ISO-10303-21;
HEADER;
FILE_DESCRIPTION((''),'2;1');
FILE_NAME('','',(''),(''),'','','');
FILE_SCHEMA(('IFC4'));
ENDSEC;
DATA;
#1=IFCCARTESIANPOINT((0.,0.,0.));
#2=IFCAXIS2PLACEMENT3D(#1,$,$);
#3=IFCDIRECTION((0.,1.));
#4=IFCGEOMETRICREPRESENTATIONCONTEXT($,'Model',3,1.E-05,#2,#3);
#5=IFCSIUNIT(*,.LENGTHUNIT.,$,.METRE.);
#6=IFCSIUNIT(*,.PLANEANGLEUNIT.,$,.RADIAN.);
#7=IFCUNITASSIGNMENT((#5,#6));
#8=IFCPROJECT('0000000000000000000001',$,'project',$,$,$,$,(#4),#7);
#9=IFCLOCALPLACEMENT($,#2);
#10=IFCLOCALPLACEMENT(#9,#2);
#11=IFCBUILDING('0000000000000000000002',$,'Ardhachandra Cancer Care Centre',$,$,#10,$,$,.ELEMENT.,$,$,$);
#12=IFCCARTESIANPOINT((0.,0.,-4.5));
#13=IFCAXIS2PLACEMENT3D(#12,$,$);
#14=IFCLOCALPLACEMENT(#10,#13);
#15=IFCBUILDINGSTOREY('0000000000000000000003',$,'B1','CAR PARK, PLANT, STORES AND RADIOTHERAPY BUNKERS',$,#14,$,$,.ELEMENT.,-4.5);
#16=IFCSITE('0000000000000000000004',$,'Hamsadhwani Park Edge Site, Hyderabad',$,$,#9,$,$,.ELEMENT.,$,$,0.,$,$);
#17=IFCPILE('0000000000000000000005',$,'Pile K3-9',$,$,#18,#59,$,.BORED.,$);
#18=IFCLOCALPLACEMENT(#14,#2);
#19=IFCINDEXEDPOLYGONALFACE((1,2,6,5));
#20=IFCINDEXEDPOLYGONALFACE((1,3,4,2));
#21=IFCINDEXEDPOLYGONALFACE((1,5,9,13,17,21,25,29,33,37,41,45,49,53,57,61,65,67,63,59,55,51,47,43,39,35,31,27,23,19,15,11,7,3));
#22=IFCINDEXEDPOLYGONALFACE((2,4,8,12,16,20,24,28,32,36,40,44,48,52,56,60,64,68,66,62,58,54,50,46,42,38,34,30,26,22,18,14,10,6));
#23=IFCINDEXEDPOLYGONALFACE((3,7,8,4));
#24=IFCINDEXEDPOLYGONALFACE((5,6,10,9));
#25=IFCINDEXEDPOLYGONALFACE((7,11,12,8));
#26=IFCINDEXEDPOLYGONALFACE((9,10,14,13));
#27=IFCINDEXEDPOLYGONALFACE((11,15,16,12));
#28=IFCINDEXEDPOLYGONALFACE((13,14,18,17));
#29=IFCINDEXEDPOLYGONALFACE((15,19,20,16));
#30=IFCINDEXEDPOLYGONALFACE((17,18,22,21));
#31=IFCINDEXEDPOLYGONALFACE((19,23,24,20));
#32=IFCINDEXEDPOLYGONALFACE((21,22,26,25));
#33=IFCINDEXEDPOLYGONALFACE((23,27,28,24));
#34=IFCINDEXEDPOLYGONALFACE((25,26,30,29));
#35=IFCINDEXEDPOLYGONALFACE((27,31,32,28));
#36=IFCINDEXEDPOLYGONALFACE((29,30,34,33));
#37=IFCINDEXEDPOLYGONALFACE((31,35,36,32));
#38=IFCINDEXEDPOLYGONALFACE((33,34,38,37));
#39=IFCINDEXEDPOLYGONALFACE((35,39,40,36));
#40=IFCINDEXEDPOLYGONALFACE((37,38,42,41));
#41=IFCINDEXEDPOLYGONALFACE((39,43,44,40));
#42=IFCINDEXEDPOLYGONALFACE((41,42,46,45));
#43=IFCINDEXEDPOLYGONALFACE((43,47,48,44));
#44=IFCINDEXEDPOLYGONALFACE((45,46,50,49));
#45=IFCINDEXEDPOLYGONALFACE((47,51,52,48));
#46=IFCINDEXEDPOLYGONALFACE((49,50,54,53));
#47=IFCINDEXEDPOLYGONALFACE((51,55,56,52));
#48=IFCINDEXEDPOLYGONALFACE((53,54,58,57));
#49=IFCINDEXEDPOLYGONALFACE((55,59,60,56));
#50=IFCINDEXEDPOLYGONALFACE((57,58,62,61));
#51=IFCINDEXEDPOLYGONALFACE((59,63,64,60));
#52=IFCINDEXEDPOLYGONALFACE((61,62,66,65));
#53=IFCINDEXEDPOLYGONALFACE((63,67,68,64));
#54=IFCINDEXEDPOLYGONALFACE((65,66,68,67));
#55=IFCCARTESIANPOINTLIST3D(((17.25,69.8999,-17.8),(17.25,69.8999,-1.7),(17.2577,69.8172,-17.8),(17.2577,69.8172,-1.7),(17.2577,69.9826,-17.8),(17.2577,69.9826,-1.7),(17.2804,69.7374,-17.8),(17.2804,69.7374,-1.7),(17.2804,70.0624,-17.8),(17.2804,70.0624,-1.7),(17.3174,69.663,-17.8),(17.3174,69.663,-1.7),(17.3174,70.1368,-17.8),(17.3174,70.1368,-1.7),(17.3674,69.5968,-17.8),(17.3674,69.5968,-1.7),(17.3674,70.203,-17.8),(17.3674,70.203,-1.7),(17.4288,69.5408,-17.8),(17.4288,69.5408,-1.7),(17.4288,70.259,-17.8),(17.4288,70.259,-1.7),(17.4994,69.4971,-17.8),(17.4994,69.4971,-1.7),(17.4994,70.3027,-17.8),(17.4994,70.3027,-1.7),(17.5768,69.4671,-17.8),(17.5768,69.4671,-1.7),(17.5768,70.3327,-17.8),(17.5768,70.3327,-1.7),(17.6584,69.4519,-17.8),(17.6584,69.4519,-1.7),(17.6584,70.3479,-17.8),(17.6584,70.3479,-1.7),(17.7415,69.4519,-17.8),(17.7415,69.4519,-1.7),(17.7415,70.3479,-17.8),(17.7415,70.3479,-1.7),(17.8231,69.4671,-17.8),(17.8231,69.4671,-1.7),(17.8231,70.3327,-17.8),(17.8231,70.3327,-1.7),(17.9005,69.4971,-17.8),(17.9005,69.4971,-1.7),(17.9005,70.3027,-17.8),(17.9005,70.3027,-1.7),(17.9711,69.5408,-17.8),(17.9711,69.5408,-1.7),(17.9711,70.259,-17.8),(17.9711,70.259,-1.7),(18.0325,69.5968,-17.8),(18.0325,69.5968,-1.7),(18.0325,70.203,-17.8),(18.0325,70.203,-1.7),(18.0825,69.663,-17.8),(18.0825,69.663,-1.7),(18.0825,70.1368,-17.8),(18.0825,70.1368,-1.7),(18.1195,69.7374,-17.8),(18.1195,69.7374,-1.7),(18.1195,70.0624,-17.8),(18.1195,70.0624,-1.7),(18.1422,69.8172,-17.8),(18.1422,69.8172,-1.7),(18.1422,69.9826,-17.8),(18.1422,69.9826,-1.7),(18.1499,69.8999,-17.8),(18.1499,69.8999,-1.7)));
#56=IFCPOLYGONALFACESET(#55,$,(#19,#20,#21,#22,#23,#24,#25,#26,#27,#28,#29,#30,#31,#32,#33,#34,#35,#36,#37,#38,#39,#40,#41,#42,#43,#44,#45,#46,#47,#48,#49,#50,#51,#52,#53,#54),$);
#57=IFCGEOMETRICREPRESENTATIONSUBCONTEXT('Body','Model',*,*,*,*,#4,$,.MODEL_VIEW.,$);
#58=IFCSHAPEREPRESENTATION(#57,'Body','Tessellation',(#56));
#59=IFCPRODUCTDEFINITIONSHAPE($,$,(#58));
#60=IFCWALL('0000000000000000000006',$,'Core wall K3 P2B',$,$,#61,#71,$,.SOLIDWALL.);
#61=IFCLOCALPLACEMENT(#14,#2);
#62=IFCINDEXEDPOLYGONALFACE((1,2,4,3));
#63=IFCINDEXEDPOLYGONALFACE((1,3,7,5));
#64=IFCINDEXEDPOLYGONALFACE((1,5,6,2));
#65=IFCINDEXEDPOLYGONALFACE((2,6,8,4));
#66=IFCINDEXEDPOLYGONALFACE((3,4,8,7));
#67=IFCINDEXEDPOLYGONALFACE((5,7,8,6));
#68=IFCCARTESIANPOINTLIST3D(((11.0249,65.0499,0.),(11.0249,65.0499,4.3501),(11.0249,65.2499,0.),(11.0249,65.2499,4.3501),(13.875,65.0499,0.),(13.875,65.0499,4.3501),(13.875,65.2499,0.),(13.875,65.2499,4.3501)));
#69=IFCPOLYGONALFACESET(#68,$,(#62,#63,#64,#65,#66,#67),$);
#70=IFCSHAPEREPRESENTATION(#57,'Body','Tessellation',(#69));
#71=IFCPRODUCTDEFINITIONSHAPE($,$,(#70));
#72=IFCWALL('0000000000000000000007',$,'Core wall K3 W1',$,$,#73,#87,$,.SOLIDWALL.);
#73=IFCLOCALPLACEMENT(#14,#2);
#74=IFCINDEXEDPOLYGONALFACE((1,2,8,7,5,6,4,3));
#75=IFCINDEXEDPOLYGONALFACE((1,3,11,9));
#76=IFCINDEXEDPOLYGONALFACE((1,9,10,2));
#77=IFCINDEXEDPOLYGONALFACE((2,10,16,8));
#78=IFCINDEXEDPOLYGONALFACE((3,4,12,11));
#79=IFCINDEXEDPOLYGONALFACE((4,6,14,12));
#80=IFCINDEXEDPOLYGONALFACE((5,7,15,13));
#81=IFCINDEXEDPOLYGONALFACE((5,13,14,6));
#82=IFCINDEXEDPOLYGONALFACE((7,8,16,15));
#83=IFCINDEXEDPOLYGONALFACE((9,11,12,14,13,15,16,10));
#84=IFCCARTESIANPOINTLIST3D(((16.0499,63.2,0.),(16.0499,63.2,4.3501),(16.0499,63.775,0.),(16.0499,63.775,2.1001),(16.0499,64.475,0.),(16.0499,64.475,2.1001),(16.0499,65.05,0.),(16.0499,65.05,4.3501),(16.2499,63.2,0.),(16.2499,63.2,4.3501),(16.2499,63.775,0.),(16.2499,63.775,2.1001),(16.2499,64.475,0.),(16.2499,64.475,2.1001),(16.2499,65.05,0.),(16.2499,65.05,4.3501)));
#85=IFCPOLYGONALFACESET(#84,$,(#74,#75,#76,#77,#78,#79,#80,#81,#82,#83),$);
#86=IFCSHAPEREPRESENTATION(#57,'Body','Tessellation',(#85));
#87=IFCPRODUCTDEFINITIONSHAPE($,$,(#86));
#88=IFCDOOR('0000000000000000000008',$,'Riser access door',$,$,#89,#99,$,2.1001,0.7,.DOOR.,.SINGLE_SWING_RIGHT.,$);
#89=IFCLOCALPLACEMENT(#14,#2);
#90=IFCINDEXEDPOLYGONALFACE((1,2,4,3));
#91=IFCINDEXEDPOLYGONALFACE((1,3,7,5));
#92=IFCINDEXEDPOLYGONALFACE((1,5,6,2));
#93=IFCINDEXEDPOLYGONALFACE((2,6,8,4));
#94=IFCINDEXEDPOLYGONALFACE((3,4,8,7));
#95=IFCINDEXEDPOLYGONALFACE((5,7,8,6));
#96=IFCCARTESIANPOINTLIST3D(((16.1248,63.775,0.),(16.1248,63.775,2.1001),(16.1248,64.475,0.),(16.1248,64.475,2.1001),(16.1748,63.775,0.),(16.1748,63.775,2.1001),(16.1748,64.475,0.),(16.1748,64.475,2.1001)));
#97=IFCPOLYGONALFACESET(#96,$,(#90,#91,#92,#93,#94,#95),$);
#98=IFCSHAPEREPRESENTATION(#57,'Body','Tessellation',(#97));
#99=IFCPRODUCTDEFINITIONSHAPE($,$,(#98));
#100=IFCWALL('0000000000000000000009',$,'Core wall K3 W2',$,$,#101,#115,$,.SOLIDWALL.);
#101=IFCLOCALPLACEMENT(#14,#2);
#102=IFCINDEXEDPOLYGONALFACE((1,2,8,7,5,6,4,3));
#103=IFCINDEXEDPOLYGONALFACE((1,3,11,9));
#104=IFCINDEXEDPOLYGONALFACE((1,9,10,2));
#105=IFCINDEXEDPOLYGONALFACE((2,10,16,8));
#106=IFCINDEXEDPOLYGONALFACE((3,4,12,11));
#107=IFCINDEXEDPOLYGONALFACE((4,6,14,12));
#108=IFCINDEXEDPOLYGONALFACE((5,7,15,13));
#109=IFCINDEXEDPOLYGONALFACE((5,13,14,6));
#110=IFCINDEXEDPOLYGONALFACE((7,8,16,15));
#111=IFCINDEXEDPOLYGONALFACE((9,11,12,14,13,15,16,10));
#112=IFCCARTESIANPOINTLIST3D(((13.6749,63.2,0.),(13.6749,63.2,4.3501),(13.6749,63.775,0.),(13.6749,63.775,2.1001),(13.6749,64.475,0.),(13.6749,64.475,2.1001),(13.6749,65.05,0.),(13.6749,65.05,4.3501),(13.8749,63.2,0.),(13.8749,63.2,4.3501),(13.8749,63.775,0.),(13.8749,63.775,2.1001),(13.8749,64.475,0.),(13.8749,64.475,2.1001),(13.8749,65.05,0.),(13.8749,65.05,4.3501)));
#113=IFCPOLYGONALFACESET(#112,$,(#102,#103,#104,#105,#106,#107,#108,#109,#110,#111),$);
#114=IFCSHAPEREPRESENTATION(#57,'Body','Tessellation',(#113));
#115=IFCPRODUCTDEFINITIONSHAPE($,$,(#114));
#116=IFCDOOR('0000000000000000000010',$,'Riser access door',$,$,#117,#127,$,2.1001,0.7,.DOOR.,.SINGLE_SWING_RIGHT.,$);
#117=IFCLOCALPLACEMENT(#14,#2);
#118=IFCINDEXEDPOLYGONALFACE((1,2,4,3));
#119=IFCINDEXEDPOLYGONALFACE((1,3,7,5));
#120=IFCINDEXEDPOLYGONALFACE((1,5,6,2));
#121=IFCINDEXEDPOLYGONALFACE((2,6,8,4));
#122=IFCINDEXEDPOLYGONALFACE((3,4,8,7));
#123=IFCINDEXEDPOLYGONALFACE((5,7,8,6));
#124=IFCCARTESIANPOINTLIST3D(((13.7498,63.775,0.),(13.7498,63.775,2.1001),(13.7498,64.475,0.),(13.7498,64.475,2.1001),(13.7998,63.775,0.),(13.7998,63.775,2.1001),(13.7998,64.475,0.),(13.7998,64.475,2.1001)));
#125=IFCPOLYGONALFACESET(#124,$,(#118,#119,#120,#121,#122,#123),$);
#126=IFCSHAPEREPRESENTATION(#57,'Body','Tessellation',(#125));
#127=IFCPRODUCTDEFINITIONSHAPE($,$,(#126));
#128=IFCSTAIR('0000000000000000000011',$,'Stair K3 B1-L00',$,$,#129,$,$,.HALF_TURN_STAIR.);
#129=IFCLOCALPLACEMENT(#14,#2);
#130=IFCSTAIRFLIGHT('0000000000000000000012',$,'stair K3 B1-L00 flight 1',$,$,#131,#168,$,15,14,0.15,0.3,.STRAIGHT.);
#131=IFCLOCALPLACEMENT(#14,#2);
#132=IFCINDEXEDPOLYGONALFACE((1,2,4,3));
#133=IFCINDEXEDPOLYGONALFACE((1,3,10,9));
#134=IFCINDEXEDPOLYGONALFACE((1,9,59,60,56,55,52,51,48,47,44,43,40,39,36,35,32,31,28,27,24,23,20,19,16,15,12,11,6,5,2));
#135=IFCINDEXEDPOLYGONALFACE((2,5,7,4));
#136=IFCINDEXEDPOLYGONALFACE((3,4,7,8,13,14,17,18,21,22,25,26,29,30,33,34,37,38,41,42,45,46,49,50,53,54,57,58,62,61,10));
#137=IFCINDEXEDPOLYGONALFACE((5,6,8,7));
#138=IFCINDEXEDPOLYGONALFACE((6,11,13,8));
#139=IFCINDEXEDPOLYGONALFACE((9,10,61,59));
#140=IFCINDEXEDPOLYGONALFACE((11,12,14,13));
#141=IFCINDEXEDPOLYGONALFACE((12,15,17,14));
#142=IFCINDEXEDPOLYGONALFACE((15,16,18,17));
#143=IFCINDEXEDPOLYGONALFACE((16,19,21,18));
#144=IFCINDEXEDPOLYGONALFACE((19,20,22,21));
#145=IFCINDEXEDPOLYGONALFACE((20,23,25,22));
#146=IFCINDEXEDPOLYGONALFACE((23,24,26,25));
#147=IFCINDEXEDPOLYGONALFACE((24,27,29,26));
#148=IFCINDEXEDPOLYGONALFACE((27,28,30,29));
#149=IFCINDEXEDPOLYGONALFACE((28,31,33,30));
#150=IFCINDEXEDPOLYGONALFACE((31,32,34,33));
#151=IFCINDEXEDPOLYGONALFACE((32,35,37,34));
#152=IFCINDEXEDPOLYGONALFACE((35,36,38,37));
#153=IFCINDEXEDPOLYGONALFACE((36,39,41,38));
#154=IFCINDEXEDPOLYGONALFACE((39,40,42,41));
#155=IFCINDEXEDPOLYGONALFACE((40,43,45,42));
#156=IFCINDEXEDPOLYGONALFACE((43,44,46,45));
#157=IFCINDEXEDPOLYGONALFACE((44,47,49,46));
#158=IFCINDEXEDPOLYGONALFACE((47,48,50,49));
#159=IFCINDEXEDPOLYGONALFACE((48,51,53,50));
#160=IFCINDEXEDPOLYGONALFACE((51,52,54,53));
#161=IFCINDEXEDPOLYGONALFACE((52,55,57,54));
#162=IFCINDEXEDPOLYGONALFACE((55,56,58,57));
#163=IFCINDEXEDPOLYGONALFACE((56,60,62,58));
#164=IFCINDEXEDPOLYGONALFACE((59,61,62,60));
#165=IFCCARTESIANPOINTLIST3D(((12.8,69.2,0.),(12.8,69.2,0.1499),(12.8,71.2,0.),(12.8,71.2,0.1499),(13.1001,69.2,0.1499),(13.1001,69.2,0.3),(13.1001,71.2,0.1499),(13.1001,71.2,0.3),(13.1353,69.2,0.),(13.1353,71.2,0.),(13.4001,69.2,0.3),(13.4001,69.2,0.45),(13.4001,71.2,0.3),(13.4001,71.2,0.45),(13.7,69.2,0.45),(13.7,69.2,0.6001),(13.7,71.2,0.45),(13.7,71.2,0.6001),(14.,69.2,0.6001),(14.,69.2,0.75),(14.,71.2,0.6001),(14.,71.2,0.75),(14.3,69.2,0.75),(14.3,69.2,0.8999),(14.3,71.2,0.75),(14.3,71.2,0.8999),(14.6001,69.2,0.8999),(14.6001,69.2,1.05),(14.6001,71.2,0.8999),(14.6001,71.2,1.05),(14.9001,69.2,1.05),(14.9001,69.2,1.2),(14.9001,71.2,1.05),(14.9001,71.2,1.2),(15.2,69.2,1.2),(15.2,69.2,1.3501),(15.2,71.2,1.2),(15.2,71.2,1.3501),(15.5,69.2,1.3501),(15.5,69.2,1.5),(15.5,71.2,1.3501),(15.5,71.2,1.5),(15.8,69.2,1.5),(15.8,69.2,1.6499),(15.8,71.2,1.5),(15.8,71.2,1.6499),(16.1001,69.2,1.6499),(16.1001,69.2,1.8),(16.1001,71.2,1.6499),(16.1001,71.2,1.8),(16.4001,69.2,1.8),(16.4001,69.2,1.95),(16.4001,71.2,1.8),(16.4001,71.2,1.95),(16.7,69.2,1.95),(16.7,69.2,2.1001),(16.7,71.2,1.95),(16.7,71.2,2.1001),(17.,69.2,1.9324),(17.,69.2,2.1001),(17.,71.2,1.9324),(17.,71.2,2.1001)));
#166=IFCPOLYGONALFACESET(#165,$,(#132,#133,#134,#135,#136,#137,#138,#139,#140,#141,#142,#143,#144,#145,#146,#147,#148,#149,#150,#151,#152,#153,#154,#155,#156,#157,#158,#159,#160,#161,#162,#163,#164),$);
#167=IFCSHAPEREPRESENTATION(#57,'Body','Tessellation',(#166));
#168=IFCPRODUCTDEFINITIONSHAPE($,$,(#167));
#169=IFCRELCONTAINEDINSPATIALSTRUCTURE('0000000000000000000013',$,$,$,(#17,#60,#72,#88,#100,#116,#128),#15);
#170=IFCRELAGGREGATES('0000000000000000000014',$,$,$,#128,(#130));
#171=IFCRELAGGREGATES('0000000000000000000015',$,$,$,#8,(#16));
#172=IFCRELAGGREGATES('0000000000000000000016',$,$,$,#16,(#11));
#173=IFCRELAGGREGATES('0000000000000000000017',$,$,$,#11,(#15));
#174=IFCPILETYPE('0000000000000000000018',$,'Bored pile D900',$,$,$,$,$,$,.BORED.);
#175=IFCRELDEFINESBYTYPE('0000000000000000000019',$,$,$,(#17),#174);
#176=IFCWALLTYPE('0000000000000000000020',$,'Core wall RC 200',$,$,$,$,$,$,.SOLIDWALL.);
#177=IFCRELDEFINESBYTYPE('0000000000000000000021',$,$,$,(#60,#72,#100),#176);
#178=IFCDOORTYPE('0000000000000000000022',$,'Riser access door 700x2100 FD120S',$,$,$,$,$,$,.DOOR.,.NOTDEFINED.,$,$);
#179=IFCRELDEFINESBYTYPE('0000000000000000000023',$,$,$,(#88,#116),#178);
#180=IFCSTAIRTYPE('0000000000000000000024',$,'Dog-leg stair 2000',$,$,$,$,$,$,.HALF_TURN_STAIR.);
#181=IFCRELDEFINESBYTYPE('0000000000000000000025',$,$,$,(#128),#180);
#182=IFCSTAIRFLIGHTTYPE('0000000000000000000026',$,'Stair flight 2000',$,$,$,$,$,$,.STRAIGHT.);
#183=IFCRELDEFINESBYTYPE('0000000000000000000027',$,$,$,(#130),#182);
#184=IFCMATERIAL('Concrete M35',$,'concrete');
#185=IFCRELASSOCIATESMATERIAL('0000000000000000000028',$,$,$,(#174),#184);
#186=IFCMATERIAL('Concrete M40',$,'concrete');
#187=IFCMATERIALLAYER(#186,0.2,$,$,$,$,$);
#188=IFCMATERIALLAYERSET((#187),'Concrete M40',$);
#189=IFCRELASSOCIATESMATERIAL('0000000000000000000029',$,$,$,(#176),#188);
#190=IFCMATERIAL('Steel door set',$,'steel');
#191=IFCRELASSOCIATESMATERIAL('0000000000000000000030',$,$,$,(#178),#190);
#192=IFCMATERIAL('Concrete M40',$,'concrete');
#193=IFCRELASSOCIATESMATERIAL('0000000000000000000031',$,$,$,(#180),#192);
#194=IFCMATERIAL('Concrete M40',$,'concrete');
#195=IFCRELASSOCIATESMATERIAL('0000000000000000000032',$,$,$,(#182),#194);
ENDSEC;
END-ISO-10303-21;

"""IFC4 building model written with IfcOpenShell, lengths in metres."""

from ifc_helpers import new_model, si_unit, direction, frame, frame_2d, origin, origin_2d, place, context, subcontext, project, spatial, polyline, rectangle, circle, outline, extrude, material, layer, layer_set, material_profile, profile_set, type_object, element, fill, aggregate, save


model = new_model("IFC4")

# Units and contexts
model_context = context("Model", 3, precision=1e-05, world=origin(), true_north=direction((0.0, 1.0)))
body_context = subcontext(model_context, "Body", "Model", "MODEL_VIEW")
ifc_project = project(units=[si_unit("LENGTHUNIT", "METRE"), si_unit("PLANEANGLEUNIT", "RADIAN")], contexts=[model_context])

# Site, building, storey
site_placement = place(None, origin())
site = spatial("IfcSite", under=ifc_project, at=site_placement, Name="Hamsadhwani Park Edge Site, Hyderabad", CompositionType="ELEMENT", RefElevation=0.0)
building_placement = place(site_placement, origin())
building = spatial("IfcBuilding", under=site, at=building_placement, Name="Ardhachandra Cancer Care Centre", CompositionType="ELEMENT")
storey_placement = place(building_placement, frame((0.0, 0.0, -4.5)))
storey = spatial("IfcBuildingStorey", under=building, at=storey_placement, Name="B1", Description="CAR PARK, PLANT, STORES AND RADIOTHERAPY BUNKERS", CompositionType="ELEMENT", Elevation=-4.5)

# Pile
ifc_material_1 = material(Name="Concrete M35", Category="concrete")
ifc_material_profile = material_profile(ifc_material_1, circle(Radius=0.45, at=origin_2d()), Name="D900")
ifc_profile_set = profile_set([ifc_material_profile], Name="Concrete M35")
pile_type = type_object("IfcPileType", Name="Bored pile D900", PredefinedType="BORED", material=ifc_profile_set)
for number, where, z_axis, x_axis, name in (
    (1, (17.7, 69.8999, -1.7), (0.0, 0.0, -1.0), (1.0, 0.0, 0.0), "Pile K3-9"),
):
    element("IfcPile", number, at=place(storey_placement, frame(where, z_axis=z_axis, x_axis=x_axis)), inside=storey, type_object=pile_type, Name=name, PredefinedType="BORED", context=body_context, shape_type="SweptSolid", body=[
        extrude(circle(Radius=0.45, at=origin_2d()), origin(), (0.0, 0.0, 1.0), 16.1001),
    ])

# Wall
ifc_material_2 = material(Name="Concrete M40", Category="concrete")
ifc_layer = layer(ifc_material_2, 0.2)
ifc_layer_set = layer_set([ifc_layer], Name="Concrete M40")
wall_type = type_object("IfcWallType", Name="Core wall RC 200", PredefinedType="SOLIDWALL", material=ifc_layer_set)
wall_1_placement = place(storey_placement, frame((13.875, 65.1499, 0.0), z_axis=(0.0, 0.0, 1.0), x_axis=(-1.0, 0.0, 0.0)))
element("IfcWall", 2, at=wall_1_placement, inside=storey, type_object=wall_type, Name="Core wall K3 P2B", PredefinedType="SOLIDWALL", context=body_context, shape_type="SweptSolid", body=[
    extrude(rectangle(XDim=2.8501, YDim=0.2, at=frame_2d((1.425, 0.0))), origin(), (0.0, 0.0, 1.0), 4.3501),
])

# Walls, openings, doors
wall_2_placement = place(storey_placement, frame((16.1499, 65.05, 0.0), z_axis=(0.0, 0.0, 1.0), x_axis=(0.0, -1.0, 0.0)))
wall_2 = element("IfcWall", 3, at=wall_2_placement, inside=storey, type_object=wall_type, Name="Core wall K3 W1", PredefinedType="SOLIDWALL", context=body_context, shape_type="SweptSolid", body=[
    extrude(rectangle(XDim=1.8501, YDim=0.2, at=frame_2d((0.925, 0.0))), origin(), (0.0, 0.0, 1.0), 4.3501),
])
opening_1_placement = place(wall_2_placement, frame((0.575, 0.0, 0.0)))
opening_1 = element("IfcOpeningElement", 4, at=opening_1_placement, cuts=wall_2, PredefinedType="OPENING", context=body_context, shape_type="SweptSolid", body=[
    extrude(rectangle(XDim=0.7, YDim=2.1001, at=frame_2d((0.3501, 1.05))), frame((0.0, 0.1099, 0.0), z_axis=(0.0, -1.0, 0.0), x_axis=(1.0, 0.0, 0.0)), (0.0, 0.0, 1.0), 0.22),
])
ifc_material_3 = material(Name="Steel door set", Category="steel")
door_type = type_object("IfcDoorType", Name="Riser access door 700x2100 FD120S", OperationType="NOTDEFINED", PredefinedType="DOOR", material=ifc_material_3)
door_1_placement = place(opening_1_placement, origin())
door_1 = element("IfcDoor", 5, at=door_1_placement, inside=storey, type_object=door_type, Name="Riser access door", OperationType="SINGLE_SWING_RIGHT", OverallHeight=2.1001, OverallWidth=0.7, PredefinedType="DOOR", context=body_context, shape_type="SweptSolid", body=[
    extrude(rectangle(XDim=0.7, YDim=2.1001, at=frame_2d((0.3501, 1.05))), frame((0.0, 0.0249, 0.0), z_axis=(0.0, -1.0, 0.0), x_axis=(1.0, 0.0, 0.0)), (0.0, 0.0, 1.0), 0.05),
])
fill(opening_1, door_1)
wall_3_placement = place(storey_placement, frame((13.7749, 65.05, 0.0), z_axis=(0.0, 0.0, 1.0), x_axis=(0.0, -1.0, 0.0)))
wall_3 = element("IfcWall", 6, at=wall_3_placement, inside=storey, type_object=wall_type, Name="Core wall K3 W2", PredefinedType="SOLIDWALL", context=body_context, shape_type="SweptSolid", body=[
    extrude(rectangle(XDim=1.8501, YDim=0.2, at=frame_2d((0.925, 0.0))), origin(), (0.0, 0.0, 1.0), 4.3501),
])
opening_2_placement = place(wall_3_placement, frame((0.575, 0.0, 0.0)))
opening_2 = element("IfcOpeningElement", 7, at=opening_2_placement, cuts=wall_3, PredefinedType="OPENING", context=body_context, shape_type="SweptSolid", body=[
    extrude(rectangle(XDim=0.7, YDim=2.1001, at=frame_2d((0.3501, 1.05))), frame((0.0, 0.1099, 0.0), z_axis=(0.0, -1.0, 0.0), x_axis=(1.0, 0.0, 0.0)), (0.0, 0.0, 1.0), 0.22),
])
door_2_placement = place(opening_2_placement, origin())
door_2 = element("IfcDoor", 8, at=door_2_placement, inside=storey, type_object=door_type, Name="Riser access door", OperationType="SINGLE_SWING_RIGHT", OverallHeight=2.1001, OverallWidth=0.7, PredefinedType="DOOR", context=body_context, shape_type="SweptSolid", body=[
    extrude(rectangle(XDim=0.7, YDim=2.1001, at=frame_2d((0.3501, 1.05))), frame((0.0, 0.0249, 0.0), z_axis=(0.0, -1.0, 0.0), x_axis=(1.0, 0.0, 0.0)), (0.0, 0.0, 1.0), 0.05),
])
fill(opening_2, door_2)

# Stair, stair flight
ifc_material_4 = material(Name="Concrete M40", Category="concrete")
stair_type = type_object("IfcStairType", Name="Dog-leg stair 2000", PredefinedType="HALF_TURN_STAIR", material=ifc_material_4)
stair_placement = place(storey_placement, origin())
stair = element("IfcStair", 9, at=stair_placement, inside=storey, type_object=stair_type, Name="Stair K3 B1-L00", PredefinedType="HALF_TURN_STAIR")
ifc_material_5 = material(Name="Concrete M40", Category="concrete")
stair_flight_type = type_object("IfcStairFlightType", Name="Stair flight 2000", PredefinedType="STRAIGHT", material=ifc_material_5)
stair_flight_1_placement = place(storey_placement, frame((12.8, 70.2, 0.0), z_axis=(0.0, 0.0, 1.0), x_axis=(1.0, 0.0, 0.0)))
stair_flight_1 = element("IfcStairFlight", 10, at=stair_flight_1_placement, type_object=stair_flight_type, Name="stair K3 B1-L00 flight 1", NumberOfRisers=15, NumberOfTreads=14, PredefinedType="STRAIGHT", RiserHeight=0.15, TreadLength=0.3, context=body_context, shape_type="SweptSolid", body=[
    extrude(outline(polyline([(0.0, 0.0), (0.0, 0.1499), (0.3, 0.1499), (0.3, 0.3), (0.6001, 0.3), (0.6001, 0.45), (0.8999, 0.45), (0.8999, 0.6001), (1.2, 0.6001), (1.2, 0.75), (1.5, 0.75), (1.5, 0.8999), (1.8, 0.8999), (1.8, 1.05), (2.1001, 1.05), (2.1001, 1.2), (2.3999, 1.2), (2.3999, 1.3501), (2.7, 1.3501), (2.7, 1.5), (3.0, 1.5), (3.0, 1.6499), (3.3, 1.6499), (3.3, 1.8), (3.6001, 1.8), (3.6001, 1.95), (3.8999, 1.95), (3.8999, 2.1001), (4.2, 2.1001), (4.2, 2.25), (4.2, 1.9324), (0.3352, 0.0), (0.0, 0.0)])), frame((0.0, 1.0, 0.0), z_axis=(0.0, -1.0, 0.0), x_axis=(1.0, 0.0, 0.0)), (0.0, 0.0, 1.0), 2.0),
])
aggregate(stair, [stair_flight_1])

save(model, "model.ifc")
